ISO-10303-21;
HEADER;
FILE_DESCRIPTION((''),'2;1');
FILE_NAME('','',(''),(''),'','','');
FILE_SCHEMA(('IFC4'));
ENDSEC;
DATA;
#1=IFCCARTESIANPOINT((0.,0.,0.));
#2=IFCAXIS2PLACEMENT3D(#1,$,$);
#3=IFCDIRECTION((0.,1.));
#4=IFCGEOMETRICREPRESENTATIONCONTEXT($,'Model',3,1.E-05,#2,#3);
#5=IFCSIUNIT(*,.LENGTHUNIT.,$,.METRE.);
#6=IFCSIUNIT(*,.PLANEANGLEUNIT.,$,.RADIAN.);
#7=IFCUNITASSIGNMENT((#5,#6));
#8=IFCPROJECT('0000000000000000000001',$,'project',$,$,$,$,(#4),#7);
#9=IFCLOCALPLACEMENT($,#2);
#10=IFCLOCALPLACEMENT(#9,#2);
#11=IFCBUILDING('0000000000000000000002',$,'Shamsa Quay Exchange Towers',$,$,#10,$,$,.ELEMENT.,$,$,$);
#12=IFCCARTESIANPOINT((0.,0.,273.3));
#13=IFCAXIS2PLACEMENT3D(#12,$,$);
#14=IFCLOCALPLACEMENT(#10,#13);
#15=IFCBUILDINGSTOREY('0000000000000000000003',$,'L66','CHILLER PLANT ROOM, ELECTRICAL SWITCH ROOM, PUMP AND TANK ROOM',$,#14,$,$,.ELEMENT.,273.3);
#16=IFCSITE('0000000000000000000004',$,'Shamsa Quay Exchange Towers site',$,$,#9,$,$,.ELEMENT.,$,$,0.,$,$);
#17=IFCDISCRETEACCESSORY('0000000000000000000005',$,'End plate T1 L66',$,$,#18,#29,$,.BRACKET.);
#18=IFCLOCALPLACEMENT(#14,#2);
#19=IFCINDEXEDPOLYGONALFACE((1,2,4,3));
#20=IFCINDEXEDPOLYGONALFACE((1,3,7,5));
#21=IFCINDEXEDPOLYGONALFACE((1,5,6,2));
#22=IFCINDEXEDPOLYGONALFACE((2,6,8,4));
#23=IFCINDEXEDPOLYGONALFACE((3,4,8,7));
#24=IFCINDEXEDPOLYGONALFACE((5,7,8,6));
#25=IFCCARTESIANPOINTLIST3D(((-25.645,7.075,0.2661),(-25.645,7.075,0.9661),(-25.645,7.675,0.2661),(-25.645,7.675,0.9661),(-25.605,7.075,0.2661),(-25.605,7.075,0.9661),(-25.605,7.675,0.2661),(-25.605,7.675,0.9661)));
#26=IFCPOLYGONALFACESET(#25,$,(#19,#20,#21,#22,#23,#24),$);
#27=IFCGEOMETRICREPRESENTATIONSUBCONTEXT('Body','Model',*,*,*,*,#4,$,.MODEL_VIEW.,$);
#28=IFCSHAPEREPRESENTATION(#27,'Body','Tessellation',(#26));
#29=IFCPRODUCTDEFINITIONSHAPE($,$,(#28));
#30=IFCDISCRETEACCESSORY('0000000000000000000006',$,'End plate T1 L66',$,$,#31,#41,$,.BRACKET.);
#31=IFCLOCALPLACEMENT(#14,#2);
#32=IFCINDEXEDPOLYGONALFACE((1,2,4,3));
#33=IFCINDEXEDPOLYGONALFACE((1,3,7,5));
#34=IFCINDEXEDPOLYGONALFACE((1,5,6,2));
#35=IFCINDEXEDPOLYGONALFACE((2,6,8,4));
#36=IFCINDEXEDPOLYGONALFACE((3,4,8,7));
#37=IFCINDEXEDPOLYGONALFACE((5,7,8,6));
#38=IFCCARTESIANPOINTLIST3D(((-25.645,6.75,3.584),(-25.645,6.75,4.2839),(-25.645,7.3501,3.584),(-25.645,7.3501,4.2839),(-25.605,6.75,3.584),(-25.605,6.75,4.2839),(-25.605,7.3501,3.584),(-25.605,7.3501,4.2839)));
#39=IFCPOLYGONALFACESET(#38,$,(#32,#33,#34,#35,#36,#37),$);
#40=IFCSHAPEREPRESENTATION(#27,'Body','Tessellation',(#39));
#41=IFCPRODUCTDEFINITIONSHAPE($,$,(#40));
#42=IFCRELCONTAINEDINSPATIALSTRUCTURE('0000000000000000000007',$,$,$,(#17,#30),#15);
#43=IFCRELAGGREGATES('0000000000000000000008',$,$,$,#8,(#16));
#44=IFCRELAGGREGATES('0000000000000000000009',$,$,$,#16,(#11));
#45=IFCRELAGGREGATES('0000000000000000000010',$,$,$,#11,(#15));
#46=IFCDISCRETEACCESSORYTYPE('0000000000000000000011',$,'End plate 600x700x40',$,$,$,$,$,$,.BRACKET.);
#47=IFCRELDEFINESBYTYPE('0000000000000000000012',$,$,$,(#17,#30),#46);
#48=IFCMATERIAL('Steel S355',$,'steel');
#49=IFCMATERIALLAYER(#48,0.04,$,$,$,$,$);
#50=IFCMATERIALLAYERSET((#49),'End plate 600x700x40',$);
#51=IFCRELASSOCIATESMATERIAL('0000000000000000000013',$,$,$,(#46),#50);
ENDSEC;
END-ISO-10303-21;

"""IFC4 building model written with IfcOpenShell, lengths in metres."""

from ifc_helpers import new_model, si_unit, direction, frame, origin, origin_2d, place, context, subcontext, project, spatial, rectangle, extrude, material, layer, layer_set, type_object, element, save


model = new_model("IFC4")

# Units and contexts
model_context = context("Model", 3, precision=1e-05, world=origin(), true_north=direction((0.0, 1.0)))
body_context = subcontext(model_context, "Body", "Model", "MODEL_VIEW")
ifc_project = project(units=[si_unit("LENGTHUNIT", "METRE"), si_unit("PLANEANGLEUNIT", "RADIAN")], contexts=[model_context])

# Site, building, storey
site_placement = place(None, origin())
site = spatial("IfcSite", under=ifc_project, at=site_placement, Name="Shamsa Quay Exchange Towers site", CompositionType="ELEMENT", RefElevation=0.0)
building_placement = place(site_placement, origin())
building = spatial("IfcBuilding", under=site, at=building_placement, Name="Shamsa Quay Exchange Towers", CompositionType="ELEMENT")
storey_placement = place(building_placement, frame((0.0, 0.0, 273.3)))
storey = spatial("IfcBuildingStorey", under=building, at=storey_placement, Name="L66", Description="CHILLER PLANT ROOM, ELECTRICAL SWITCH ROOM, PUMP AND TANK ROOM", CompositionType="ELEMENT", Elevation=273.3)

# Shared definitions
ifc_material_1 = material(Name="Steel S355", Category="steel")

# Discrete accessories
ifc_layer_1 = layer(ifc_material_1, 0.04)
ifc_layer_set_1 = layer_set([ifc_layer_1], Name="End plate 600x700x40")
discrete_accessory_type_1 = type_object("IfcDiscreteAccessoryType", Name="End plate 600x700x40", PredefinedType="BRACKET", material=ifc_layer_set_1)
for number, where, z_axis, x_axis, name in (
    (1, (-25.625, 7.375, 0.2661), (0.0, 0.0, 1.0), (0.0, -1.0, 0.0), "End plate T1 L66"),
    (2, (-25.625, 7.05, 3.584), (0.0, 0.0, 1.0), (0.0, -1.0, 0.0), "End plate T1 L66"),
):
    element("IfcDiscreteAccessory", number, at=place(storey_placement, frame(where, z_axis=z_axis, x_axis=x_axis)), inside=storey, type_object=discrete_accessory_type_1, Name=name, PredefinedType="BRACKET", context=body_context, shape_type="SweptSolid", body=[
        extrude(rectangle(XDim=0.6001, YDim=0.04, at=origin_2d()), origin(), (0.0, 0.0, 1.0), 0.7),
    ])

save(model, "model.ifc")
